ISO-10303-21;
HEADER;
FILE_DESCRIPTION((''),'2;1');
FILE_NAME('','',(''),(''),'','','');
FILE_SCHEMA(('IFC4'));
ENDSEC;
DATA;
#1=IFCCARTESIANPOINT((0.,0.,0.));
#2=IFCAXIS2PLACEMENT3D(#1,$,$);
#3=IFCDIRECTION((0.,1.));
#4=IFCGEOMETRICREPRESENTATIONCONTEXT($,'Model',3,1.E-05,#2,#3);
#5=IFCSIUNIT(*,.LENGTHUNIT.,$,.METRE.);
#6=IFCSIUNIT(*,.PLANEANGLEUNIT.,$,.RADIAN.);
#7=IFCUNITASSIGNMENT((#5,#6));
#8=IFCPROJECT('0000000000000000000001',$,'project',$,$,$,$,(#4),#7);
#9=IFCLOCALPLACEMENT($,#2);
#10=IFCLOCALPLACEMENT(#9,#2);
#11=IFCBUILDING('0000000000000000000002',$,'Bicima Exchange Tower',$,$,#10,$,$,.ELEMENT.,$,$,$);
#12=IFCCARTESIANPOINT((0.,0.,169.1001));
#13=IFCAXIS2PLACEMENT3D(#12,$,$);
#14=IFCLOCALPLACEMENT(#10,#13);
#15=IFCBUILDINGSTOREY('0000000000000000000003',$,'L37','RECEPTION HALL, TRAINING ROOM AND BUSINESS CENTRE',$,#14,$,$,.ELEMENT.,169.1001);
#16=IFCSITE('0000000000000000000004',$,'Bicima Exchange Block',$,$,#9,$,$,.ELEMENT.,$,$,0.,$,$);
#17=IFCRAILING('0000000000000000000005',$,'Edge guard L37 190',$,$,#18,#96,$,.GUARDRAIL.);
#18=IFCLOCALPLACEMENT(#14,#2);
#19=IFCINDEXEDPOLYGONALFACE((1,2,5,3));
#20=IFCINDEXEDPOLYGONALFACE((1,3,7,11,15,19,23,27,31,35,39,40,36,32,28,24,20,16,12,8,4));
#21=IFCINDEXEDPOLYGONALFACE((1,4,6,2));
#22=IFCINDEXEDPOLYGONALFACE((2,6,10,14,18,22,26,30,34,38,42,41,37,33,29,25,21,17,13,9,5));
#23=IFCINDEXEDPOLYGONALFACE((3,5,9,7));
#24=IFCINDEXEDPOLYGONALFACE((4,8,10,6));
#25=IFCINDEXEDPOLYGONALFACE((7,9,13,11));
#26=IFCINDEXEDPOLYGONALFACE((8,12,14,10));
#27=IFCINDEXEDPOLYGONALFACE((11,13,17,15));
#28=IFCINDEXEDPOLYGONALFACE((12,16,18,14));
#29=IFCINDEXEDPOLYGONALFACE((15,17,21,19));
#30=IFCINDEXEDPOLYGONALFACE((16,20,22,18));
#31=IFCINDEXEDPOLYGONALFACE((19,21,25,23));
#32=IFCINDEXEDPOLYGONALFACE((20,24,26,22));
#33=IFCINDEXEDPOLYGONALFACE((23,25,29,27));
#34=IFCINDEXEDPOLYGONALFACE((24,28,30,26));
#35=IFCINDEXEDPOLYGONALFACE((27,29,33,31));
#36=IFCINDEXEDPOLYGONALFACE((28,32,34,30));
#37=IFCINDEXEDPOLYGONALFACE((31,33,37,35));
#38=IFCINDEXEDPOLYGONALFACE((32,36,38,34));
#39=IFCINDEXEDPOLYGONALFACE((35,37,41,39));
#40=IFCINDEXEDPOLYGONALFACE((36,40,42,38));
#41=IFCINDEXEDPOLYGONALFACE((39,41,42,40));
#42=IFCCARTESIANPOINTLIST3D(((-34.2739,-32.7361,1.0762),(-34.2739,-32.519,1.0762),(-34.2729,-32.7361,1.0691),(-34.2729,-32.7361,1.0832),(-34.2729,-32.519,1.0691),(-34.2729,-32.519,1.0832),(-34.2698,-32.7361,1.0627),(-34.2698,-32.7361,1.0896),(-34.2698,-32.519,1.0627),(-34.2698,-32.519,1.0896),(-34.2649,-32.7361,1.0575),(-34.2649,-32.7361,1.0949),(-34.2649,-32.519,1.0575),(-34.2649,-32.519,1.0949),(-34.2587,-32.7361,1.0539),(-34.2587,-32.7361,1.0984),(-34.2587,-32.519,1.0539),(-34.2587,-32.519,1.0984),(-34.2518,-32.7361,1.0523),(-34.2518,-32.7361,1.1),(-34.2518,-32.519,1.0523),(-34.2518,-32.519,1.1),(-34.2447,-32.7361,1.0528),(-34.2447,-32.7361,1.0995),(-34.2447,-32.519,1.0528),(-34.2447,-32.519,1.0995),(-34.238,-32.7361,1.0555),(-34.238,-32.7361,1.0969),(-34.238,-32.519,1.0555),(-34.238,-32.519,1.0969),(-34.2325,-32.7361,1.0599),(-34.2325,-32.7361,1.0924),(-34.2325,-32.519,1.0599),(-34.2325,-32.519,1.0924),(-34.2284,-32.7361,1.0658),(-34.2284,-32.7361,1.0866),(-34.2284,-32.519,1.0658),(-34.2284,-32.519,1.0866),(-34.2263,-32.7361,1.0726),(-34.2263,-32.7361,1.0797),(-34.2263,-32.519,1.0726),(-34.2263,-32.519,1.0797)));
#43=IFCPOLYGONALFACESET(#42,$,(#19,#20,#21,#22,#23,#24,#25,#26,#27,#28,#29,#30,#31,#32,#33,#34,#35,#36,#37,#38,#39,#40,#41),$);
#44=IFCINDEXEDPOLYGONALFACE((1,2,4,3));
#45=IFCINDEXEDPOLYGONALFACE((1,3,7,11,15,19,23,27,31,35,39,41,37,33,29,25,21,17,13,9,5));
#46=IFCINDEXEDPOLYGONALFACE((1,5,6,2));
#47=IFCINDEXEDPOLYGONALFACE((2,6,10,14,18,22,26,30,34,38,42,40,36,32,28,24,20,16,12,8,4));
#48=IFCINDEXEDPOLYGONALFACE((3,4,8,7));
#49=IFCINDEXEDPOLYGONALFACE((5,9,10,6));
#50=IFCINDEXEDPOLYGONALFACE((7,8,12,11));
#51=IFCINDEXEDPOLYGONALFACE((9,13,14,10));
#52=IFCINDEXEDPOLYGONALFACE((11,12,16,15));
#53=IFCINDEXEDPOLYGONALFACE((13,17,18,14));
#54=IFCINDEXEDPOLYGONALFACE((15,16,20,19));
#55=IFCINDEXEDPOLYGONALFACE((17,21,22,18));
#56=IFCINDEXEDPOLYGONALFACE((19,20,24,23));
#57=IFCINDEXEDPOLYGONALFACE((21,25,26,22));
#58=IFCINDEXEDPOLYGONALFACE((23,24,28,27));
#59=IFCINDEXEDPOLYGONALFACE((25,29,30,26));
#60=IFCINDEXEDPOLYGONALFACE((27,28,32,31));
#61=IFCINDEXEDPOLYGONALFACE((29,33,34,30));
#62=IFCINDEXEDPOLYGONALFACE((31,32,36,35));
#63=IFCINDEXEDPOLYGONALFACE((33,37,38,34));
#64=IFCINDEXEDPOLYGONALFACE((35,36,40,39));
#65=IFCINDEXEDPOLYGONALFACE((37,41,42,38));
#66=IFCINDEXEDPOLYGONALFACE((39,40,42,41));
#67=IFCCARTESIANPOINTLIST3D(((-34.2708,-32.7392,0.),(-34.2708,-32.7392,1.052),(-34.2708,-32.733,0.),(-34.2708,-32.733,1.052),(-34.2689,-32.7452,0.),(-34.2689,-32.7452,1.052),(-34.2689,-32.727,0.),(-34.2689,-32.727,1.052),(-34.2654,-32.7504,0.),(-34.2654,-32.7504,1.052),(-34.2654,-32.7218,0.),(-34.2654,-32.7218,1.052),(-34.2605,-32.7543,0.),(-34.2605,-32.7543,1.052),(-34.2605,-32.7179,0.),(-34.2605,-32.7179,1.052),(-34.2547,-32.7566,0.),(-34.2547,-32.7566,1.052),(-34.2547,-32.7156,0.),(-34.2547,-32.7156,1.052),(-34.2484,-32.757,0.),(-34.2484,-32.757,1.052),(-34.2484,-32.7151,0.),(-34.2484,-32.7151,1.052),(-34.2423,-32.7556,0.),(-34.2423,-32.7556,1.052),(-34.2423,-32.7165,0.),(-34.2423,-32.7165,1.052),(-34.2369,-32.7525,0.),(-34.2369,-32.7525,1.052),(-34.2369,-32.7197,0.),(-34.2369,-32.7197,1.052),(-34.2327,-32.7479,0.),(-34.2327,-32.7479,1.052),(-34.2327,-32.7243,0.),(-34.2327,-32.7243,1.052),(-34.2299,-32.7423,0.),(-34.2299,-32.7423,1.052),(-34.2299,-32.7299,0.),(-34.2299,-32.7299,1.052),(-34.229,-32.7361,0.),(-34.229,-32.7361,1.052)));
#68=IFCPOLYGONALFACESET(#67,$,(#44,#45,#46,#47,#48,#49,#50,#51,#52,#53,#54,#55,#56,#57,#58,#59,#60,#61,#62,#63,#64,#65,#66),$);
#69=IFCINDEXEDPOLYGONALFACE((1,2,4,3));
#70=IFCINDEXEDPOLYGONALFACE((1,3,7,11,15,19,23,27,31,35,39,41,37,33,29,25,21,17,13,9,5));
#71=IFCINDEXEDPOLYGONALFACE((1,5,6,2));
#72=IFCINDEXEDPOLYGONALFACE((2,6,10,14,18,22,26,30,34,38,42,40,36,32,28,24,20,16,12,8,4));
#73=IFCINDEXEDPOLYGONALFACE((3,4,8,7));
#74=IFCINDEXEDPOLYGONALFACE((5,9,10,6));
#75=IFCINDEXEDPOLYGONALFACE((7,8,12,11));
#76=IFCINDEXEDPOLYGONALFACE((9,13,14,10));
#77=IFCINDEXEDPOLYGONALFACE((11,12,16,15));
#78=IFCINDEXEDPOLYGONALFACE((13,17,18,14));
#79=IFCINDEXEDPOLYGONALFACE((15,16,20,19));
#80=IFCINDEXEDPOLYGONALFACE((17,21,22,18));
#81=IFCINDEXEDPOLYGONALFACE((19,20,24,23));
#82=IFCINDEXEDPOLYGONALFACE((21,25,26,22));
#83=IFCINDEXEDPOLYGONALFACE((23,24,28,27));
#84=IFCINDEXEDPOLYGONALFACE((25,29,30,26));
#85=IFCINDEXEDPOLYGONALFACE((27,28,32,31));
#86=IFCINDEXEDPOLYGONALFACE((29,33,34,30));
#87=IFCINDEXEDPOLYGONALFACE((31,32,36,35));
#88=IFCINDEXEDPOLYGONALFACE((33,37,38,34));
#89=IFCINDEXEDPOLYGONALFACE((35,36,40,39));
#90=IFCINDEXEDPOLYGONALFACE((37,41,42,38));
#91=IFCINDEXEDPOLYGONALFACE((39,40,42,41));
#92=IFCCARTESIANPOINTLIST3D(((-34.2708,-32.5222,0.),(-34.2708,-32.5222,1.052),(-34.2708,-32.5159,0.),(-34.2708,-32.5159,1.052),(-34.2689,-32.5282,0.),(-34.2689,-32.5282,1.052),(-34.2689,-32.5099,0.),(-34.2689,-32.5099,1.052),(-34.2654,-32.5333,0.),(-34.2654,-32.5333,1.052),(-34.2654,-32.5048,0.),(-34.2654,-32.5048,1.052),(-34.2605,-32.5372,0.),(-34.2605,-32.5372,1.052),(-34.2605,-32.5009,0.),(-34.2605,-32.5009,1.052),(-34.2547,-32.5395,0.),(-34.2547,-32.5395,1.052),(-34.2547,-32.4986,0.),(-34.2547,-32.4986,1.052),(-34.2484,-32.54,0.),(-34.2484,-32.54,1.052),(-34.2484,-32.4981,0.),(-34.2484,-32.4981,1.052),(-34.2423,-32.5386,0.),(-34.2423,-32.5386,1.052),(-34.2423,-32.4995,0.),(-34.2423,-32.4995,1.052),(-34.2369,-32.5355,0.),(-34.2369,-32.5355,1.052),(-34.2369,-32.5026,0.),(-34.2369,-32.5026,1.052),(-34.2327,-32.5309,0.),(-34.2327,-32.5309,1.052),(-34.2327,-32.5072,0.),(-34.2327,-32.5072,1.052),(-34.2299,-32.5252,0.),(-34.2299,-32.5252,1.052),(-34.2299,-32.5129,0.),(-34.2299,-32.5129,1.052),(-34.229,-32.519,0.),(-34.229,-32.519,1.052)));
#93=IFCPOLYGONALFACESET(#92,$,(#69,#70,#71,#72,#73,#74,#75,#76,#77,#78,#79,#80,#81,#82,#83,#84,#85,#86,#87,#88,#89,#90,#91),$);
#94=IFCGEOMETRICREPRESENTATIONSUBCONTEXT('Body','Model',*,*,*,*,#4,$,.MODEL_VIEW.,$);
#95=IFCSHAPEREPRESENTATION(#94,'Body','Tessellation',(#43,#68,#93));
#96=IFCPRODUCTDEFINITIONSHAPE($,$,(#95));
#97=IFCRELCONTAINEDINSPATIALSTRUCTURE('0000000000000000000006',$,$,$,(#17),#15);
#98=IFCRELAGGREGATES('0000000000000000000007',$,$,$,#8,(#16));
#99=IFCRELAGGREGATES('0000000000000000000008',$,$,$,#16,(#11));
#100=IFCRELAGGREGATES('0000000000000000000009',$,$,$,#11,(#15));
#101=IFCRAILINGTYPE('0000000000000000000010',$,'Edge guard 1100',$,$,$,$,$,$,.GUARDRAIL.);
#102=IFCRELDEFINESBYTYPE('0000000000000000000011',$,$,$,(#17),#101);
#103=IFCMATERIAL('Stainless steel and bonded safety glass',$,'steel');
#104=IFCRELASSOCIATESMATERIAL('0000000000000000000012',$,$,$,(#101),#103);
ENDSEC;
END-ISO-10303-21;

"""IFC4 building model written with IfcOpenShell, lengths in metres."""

from ifc_helpers import new_model, si_unit, direction, frame, origin, origin_2d, place, context, subcontext, project, spatial, circle, extrude, material, type_object, element, save


model = new_model("IFC4")

# Units and contexts
model_context = context("Model", 3, precision=1e-05, world=origin(), true_north=direction((0.0, 1.0)))
body_context = subcontext(model_context, "Body", "Model", "MODEL_VIEW")
ifc_project = project(units=[si_unit("LENGTHUNIT", "METRE"), si_unit("PLANEANGLEUNIT", "RADIAN")], contexts=[model_context])

# Site, building, storey
site_placement = place(None, origin())
site = spatial("IfcSite", under=ifc_project, at=site_placement, Name="Bicima Exchange Block", CompositionType="ELEMENT", RefElevation=0.0)
building_placement = place(site_placement, origin())
building = spatial("IfcBuilding", under=site, at=building_placement, Name="Bicima Exchange Tower", CompositionType="ELEMENT")
storey_placement = place(building_placement, frame((0.0, 0.0, 169.1001)))
storey = spatial("IfcBuildingStorey", under=building, at=storey_placement, Name="L37", Description="RECEPTION HALL, TRAINING ROOM AND BUSINESS CENTRE", CompositionType="ELEMENT", Elevation=169.1001)

# Railing
ifc_material_1 = material(Name="Stainless steel and bonded safety glass", Category="steel")
railing_type = type_object("IfcRailingType", Name="Edge guard 1100", PredefinedType="GUARDRAIL", material=ifc_material_1)
railing_1_placement = place(storey_placement, frame((-34.25, -32.7361, 0.0)))
element("IfcRailing", 1, at=railing_1_placement, inside=storey, type_object=railing_type, Name="Edge guard L37 190", PredefinedType="GUARDRAIL", context=body_context, shape_type="SweptSolid", body=[
    extrude(circle(Radius=0.0239, at=origin_2d()), frame((0.0, 0.0, 1.0762), z_axis=(0.0, 1.0, 0.0), x_axis=(-1.0, 0.0, 0.0)), (0.0, 0.0, 1.0), 0.217),
    extrude(circle(Radius=0.021, at=origin_2d()), origin(), (0.0, 0.0, 1.0), 1.052),
    extrude(circle(Radius=0.021, at=origin_2d()), frame((0.0, 0.217, 0.0)), (0.0, 0.0, 1.0), 1.052),
])

save(model, "model.ifc")
